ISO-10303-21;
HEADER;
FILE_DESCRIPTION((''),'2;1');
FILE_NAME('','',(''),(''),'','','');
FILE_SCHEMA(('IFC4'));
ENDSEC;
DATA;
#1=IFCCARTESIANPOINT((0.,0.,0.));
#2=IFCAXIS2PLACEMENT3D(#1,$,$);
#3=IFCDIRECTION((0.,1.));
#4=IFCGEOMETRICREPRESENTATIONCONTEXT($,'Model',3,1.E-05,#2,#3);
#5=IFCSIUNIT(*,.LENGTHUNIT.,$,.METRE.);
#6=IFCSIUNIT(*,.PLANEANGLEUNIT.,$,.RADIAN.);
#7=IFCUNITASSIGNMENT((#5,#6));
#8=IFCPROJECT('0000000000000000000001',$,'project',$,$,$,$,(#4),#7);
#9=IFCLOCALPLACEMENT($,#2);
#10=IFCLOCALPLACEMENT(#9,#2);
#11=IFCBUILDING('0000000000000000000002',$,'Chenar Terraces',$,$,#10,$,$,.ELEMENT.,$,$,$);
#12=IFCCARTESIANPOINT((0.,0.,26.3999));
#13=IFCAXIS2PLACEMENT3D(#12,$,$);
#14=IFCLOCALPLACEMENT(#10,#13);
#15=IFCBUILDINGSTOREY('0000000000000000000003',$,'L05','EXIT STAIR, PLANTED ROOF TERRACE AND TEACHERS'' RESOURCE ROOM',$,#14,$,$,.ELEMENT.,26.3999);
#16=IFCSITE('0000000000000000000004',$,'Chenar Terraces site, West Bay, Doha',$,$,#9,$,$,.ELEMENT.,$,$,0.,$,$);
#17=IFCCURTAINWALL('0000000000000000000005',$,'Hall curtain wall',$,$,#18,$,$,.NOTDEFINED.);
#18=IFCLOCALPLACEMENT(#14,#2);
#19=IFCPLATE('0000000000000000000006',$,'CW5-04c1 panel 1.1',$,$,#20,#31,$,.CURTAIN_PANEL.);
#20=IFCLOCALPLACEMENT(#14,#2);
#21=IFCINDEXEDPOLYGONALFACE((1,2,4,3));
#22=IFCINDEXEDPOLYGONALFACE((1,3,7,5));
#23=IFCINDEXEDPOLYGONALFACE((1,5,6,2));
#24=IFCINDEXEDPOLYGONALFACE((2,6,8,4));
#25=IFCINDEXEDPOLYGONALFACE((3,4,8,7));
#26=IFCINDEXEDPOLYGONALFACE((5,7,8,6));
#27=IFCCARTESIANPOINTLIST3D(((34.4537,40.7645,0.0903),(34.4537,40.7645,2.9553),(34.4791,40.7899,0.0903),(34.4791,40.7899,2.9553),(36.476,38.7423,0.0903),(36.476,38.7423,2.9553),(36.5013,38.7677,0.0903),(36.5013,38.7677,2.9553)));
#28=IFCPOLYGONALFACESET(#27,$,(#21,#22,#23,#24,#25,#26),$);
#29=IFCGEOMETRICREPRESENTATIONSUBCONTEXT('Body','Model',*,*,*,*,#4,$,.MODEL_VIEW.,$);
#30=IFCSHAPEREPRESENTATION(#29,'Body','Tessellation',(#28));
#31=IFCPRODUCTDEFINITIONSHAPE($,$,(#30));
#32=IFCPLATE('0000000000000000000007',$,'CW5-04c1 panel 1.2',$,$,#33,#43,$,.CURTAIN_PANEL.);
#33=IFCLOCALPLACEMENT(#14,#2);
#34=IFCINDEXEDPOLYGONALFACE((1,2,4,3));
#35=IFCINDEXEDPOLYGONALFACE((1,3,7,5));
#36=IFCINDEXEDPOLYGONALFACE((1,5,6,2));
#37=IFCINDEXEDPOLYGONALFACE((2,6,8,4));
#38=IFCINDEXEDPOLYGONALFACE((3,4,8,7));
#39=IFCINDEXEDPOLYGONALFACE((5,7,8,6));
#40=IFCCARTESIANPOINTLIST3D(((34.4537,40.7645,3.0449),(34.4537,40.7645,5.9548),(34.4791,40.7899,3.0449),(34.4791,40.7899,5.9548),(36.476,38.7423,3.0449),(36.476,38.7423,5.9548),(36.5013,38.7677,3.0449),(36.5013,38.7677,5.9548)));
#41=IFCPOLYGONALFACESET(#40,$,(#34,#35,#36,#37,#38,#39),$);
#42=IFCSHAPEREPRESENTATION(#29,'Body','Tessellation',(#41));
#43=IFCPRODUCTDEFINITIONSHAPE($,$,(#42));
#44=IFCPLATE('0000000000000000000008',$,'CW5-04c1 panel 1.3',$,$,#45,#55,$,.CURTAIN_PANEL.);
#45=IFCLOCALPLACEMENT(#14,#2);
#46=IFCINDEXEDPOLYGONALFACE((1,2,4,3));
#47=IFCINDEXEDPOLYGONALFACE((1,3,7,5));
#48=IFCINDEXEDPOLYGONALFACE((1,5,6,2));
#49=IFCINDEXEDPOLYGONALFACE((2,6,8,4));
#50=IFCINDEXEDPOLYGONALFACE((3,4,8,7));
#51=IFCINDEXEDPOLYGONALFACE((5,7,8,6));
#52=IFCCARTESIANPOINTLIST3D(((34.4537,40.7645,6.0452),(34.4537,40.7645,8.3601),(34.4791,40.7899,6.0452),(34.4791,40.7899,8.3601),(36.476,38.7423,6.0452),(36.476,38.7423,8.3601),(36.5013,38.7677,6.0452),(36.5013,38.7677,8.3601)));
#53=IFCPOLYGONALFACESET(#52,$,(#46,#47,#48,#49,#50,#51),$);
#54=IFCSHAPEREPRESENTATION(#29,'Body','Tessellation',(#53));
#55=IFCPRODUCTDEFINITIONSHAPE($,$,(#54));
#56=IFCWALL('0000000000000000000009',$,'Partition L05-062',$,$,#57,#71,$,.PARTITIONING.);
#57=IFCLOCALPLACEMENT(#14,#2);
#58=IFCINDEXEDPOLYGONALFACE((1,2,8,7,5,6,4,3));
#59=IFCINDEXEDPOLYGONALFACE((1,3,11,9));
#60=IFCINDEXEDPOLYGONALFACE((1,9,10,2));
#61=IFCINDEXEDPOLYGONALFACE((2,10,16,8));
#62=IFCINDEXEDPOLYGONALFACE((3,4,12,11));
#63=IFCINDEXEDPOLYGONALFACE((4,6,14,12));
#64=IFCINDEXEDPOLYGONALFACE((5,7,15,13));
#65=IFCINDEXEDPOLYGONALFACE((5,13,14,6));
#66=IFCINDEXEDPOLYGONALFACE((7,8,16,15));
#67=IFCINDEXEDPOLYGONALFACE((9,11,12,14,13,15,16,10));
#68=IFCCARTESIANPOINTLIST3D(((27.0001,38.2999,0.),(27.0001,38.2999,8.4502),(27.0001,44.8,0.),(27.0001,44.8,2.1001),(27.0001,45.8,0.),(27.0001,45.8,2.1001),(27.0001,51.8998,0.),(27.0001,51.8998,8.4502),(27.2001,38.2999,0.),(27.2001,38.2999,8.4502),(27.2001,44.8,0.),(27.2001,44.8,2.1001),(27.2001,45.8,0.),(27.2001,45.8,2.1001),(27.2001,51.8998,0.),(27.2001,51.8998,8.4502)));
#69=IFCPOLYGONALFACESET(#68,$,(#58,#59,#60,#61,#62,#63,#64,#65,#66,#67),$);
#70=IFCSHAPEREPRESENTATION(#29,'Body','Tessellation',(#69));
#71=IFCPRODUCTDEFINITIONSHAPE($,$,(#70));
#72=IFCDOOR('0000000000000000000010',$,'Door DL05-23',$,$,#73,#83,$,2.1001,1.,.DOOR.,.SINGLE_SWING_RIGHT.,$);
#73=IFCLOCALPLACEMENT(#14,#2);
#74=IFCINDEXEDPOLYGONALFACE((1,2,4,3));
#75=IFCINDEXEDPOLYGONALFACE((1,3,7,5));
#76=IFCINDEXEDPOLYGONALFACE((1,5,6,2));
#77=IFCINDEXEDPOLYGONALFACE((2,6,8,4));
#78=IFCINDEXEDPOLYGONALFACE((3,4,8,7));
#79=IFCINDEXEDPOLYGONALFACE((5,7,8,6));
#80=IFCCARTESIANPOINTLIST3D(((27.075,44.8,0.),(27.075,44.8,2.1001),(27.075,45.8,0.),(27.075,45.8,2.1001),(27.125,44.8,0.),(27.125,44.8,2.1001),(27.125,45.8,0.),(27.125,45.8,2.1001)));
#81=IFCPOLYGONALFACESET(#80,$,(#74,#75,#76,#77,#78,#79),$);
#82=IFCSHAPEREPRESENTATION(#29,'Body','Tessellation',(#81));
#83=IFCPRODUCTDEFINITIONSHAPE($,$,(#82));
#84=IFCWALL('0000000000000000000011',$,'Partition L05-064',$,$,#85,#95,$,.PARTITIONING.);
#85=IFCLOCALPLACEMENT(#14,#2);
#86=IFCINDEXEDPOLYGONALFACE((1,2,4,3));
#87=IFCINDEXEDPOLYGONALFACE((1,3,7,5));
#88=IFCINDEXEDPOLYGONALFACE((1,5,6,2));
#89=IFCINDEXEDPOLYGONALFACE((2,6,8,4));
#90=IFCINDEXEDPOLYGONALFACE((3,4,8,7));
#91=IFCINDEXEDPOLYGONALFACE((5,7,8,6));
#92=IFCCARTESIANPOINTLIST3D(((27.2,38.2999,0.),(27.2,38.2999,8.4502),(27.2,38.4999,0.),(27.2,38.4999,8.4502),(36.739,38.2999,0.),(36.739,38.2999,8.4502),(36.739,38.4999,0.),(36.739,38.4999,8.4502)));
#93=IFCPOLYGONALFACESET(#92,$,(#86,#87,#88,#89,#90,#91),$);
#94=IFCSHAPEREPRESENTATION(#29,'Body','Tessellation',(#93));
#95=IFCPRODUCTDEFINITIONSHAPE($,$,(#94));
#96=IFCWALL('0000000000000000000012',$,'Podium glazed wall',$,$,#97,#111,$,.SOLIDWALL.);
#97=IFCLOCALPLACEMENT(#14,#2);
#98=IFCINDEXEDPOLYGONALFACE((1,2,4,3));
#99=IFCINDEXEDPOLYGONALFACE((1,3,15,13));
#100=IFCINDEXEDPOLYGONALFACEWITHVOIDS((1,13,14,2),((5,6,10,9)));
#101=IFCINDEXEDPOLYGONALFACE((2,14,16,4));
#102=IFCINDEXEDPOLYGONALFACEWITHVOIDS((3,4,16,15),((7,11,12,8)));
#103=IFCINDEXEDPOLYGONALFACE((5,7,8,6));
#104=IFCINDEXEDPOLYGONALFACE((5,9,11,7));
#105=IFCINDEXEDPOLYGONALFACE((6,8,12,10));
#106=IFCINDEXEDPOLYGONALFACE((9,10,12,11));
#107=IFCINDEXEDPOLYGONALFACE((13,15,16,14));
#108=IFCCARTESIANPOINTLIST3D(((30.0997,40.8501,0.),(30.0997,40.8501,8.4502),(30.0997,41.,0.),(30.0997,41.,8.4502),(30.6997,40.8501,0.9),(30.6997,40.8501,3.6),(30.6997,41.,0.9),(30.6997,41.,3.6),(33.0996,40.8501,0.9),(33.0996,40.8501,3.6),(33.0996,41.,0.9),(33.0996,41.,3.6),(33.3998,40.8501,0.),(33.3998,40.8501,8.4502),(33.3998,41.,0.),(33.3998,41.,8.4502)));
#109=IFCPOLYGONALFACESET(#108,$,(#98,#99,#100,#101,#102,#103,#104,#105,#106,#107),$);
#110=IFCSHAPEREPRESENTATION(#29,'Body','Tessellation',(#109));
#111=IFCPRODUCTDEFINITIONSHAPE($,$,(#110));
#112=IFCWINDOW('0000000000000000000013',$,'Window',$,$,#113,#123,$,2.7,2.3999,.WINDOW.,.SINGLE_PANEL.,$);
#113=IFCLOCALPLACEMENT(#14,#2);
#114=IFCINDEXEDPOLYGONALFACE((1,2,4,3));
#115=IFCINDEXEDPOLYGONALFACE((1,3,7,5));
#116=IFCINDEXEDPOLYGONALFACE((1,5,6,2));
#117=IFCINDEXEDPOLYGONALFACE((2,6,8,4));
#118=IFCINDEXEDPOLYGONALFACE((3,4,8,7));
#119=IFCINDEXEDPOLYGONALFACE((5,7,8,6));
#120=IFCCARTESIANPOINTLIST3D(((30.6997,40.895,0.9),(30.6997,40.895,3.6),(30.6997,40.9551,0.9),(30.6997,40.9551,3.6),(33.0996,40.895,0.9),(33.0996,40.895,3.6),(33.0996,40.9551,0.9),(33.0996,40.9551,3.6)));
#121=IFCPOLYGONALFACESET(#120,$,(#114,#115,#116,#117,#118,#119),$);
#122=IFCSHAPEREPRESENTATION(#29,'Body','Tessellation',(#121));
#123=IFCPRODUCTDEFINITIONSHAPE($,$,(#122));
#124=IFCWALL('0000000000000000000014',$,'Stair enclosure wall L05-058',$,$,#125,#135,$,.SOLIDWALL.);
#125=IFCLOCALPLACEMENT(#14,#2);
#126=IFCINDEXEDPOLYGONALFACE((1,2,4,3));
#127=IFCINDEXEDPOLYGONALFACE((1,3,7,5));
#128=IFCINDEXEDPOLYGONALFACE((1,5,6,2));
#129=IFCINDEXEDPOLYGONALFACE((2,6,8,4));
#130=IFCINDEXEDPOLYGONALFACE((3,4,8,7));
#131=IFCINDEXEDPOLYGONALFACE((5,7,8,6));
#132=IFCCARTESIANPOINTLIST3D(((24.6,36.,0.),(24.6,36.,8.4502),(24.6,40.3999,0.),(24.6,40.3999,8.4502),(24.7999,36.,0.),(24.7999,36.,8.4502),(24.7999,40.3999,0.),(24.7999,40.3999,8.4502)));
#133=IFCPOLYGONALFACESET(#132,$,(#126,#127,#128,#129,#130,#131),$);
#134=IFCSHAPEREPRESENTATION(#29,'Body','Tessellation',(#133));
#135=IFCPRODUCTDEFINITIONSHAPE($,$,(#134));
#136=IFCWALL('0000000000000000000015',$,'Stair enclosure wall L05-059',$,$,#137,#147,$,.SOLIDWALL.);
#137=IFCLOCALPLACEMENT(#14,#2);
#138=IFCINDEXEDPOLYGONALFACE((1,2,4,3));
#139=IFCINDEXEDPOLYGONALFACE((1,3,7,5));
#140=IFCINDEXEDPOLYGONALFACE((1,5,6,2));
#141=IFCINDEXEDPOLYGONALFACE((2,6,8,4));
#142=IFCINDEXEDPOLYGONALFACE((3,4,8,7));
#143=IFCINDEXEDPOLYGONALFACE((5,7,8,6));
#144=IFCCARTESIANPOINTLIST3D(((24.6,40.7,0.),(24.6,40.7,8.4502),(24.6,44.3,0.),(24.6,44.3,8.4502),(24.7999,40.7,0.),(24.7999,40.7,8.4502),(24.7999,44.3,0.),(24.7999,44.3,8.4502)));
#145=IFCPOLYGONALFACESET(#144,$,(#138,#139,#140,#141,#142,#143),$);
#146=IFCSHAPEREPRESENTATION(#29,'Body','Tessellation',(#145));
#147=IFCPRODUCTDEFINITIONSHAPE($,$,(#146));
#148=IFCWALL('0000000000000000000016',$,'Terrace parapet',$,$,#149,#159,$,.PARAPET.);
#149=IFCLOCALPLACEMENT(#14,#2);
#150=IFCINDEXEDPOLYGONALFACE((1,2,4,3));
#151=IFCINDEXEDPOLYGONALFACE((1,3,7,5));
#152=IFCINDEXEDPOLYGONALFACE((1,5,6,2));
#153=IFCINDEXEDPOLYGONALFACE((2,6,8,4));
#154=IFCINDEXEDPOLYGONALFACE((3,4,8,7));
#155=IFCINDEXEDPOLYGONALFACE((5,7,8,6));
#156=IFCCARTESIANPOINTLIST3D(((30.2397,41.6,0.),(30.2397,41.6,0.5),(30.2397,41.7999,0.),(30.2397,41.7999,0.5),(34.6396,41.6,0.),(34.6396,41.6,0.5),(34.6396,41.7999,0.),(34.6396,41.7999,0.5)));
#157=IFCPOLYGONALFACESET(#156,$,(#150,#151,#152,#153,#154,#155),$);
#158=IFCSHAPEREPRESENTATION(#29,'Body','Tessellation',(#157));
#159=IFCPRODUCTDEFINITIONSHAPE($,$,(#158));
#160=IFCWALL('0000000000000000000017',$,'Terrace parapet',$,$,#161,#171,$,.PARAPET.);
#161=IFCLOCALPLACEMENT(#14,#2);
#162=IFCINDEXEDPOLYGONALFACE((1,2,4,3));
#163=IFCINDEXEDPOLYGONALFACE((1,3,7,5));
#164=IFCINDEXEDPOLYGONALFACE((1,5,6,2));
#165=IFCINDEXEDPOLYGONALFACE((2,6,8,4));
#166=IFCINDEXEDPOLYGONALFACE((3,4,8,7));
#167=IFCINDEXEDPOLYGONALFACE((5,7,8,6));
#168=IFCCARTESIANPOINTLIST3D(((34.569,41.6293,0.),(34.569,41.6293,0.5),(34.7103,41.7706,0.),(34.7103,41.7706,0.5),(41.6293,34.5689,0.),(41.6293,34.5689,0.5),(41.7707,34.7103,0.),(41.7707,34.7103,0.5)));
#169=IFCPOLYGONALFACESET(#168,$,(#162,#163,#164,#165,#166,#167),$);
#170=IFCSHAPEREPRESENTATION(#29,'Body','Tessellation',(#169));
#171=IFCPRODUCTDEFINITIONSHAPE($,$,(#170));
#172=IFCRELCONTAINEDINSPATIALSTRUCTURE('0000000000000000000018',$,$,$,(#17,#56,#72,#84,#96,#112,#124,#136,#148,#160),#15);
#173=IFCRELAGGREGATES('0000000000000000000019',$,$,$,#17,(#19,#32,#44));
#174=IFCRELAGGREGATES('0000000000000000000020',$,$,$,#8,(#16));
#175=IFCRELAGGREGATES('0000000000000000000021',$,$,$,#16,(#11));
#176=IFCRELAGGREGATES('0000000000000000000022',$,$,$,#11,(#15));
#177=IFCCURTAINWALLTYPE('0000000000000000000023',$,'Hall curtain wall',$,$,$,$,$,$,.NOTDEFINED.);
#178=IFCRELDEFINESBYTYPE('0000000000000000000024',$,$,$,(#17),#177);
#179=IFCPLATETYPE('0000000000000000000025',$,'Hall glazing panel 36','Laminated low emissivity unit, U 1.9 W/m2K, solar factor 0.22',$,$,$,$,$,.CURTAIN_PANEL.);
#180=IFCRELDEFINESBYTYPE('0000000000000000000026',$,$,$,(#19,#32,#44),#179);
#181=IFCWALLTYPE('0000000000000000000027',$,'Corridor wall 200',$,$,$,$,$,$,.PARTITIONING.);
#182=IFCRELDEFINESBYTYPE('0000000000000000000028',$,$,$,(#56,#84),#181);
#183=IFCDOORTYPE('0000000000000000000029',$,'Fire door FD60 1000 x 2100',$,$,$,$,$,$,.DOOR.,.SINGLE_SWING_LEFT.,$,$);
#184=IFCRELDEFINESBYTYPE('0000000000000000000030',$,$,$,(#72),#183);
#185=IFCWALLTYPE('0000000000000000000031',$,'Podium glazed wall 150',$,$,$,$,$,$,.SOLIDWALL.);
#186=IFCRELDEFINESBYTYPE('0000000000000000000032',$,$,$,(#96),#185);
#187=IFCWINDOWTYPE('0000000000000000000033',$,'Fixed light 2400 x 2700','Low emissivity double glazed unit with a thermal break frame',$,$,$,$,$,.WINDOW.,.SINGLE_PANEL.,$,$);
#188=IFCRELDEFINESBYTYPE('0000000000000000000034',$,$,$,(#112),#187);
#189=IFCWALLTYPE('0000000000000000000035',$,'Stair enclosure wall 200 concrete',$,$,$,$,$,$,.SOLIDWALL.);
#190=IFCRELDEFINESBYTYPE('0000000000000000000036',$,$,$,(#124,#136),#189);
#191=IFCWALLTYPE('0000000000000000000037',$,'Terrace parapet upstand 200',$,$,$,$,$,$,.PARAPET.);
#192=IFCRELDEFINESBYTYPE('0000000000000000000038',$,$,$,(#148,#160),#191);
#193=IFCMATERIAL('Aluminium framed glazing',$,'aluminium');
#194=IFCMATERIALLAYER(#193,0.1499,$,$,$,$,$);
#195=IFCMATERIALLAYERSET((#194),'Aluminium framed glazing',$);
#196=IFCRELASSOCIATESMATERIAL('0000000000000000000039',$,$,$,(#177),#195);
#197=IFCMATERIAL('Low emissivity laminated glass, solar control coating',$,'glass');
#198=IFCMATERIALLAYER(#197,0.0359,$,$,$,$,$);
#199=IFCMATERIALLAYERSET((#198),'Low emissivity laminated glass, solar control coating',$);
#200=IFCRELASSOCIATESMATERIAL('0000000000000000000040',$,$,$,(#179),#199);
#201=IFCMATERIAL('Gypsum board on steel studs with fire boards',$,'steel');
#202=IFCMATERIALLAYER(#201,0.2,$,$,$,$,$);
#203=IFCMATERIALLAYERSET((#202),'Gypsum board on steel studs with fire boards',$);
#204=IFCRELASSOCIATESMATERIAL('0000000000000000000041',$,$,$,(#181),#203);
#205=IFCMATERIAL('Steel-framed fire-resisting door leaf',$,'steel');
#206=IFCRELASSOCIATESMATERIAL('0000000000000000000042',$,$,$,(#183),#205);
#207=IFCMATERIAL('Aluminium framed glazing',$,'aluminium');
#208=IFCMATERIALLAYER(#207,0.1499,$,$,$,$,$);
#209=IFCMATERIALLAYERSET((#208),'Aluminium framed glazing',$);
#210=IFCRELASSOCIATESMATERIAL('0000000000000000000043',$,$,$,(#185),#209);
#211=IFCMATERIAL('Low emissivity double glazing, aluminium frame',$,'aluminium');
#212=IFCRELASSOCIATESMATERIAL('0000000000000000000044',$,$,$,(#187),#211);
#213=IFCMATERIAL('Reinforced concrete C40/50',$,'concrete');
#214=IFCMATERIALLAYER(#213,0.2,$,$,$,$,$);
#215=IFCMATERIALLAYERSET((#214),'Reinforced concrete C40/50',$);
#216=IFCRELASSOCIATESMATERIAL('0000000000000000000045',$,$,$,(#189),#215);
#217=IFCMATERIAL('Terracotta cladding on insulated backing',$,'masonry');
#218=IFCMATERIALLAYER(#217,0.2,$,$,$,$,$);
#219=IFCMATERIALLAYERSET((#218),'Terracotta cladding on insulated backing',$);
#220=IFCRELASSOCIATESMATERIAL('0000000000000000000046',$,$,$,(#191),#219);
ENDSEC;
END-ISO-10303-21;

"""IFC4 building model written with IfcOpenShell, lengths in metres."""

from ifc_helpers import new_model, si_unit, direction, frame, frame_2d, origin, origin_2d, place, context, subcontext, project, spatial, rectangle, extrude, material, layer, layer_set, type_object, element, fill, aggregate, save


model = new_model("IFC4")

# Units and contexts
model_context = context("Model", 3, precision=1e-05, world=origin(), true_north=direction((0.0, 1.0)))
body_context = subcontext(model_context, "Body", "Model", "MODEL_VIEW")
ifc_project = project(units=[si_unit("LENGTHUNIT", "METRE"), si_unit("PLANEANGLEUNIT", "RADIAN")], contexts=[model_context])

# Site, building, storey
site_placement = place(None, origin())
site = spatial("IfcSite", under=ifc_project, at=site_placement, Name="Chenar Terraces site, West Bay, Doha", CompositionType="ELEMENT", RefElevation=0.0)
building_placement = place(site_placement, origin())
building = spatial("IfcBuilding", under=site, at=building_placement, Name="Chenar Terraces", CompositionType="ELEMENT")
storey_placement = place(building_placement, frame((0.0, 0.0, 26.3999)))
storey = spatial("IfcBuildingStorey", under=building, at=storey_placement, Name="L05", Description="EXIT STAIR, PLANTED ROOF TERRACE AND TEACHERS' RESOURCE ROOM", CompositionType="ELEMENT", Elevation=26.3999)

# Shared definitions
ifc_material_1 = material(Name="Aluminium framed glazing", Category="aluminium")
ifc_layer_1 = layer(ifc_material_1, 0.1499)
ifc_layer_set_1 = layer_set([ifc_layer_1], Name="Aluminium framed glazing")
curtain_wall_type = type_object("IfcCurtainWallType", Name="Hall curtain wall", PredefinedType="NOTDEFINED", material=ifc_layer_set_1)
placement = place(storey_placement, origin())

# Curtain wall
curtain_wall_1 = element("IfcCurtainWall", 1, at=placement, inside=storey, type_object=curtain_wall_type, Name="Hall curtain wall", PredefinedType="NOTDEFINED")

# Plates
ifc_material_2 = material(Name="Low emissivity laminated glass, solar control coating", Category="glass")
ifc_layer_2 = layer(ifc_material_2, 0.0359)
ifc_layer_set_2 = layer_set([ifc_layer_2], Name="Low emissivity laminated glass, solar control coating")
plate_type = type_object("IfcPlateType", Name="Hall glazing panel 36", Description="Laminated low emissivity unit, U 1.9 W/m2K, solar factor 0.22", PredefinedType="CURTAIN_PANEL", material=ifc_layer_set_2)
plate_1_placement = place(storey_placement, frame((35.4775, 39.7661, 0.0903), z_axis=(0.0, 0.0, 1.0), x_axis=(-0.707107, 0.707107, 0.0)))
plate_1 = element("IfcPlate", 2, at=plate_1_placement, type_object=plate_type, Name="CW5-04c1 panel 1.1", PredefinedType="CURTAIN_PANEL", context=body_context, shape_type="SweptSolid", body=[
    extrude(rectangle(XDim=2.8599, YDim=0.0359, at=origin_2d()), origin(), (0.0, 0.0, 1.0), 2.865),
])
plate_2_placement = place(storey_placement, frame((35.4775, 39.7661, 3.0449), z_axis=(0.0, 0.0, 1.0), x_axis=(-0.707107, 0.707107, 0.0)))
plate_2 = element("IfcPlate", 3, at=plate_2_placement, type_object=plate_type, Name="CW5-04c1 panel 1.2", PredefinedType="CURTAIN_PANEL", context=body_context, shape_type="SweptSolid", body=[
    extrude(rectangle(XDim=2.8599, YDim=0.0359, at=origin_2d()), origin(), (0.0, 0.0, 1.0), 2.9099),
])
plate_3_placement = place(storey_placement, frame((35.4775, 39.7661, 6.0452), z_axis=(0.0, 0.0, 1.0), x_axis=(-0.707107, 0.707107, 0.0)))
plate_3 = element("IfcPlate", 4, at=plate_3_placement, type_object=plate_type, Name="CW5-04c1 panel 1.3", PredefinedType="CURTAIN_PANEL", context=body_context, shape_type="SweptSolid", body=[
    extrude(rectangle(XDim=2.8599, YDim=0.0359, at=origin_2d()), origin(), (0.0, 0.0, 1.0), 2.3149),
])
aggregate(curtain_wall_1, [plate_1, plate_2, plate_3])

# Wall, opening, door
ifc_material_3 = material(Name="Gypsum board on steel studs with fire boards", Category="steel")
ifc_layer_3 = layer(ifc_material_3, 0.2)
ifc_layer_set_3 = layer_set([ifc_layer_3], Name="Gypsum board on steel studs with fire boards")
wall_type_1 = type_object("IfcWallType", Name="Corridor wall 200", PredefinedType="PARTITIONING", material=ifc_layer_set_3)
wall_1_placement = place(storey_placement, frame((27.1001, 38.3, 0.0), z_axis=(0.0, 0.0, 1.0), x_axis=(0.0, 1.0, 0.0)))
wall_1 = element("IfcWall", 5, at=wall_1_placement, inside=storey, type_object=wall_type_1, Name="Partition L05-062", PredefinedType="PARTITIONING", context=body_context, shape_type="SweptSolid", body=[
    extrude(rectangle(XDim=13.5999, YDim=0.2, at=frame_2d((6.7998, 0.0))), origin(), (0.0, 0.0, 1.0), 8.4502),
])
opening_1_placement = place(wall_1_placement, frame((6.5, 0.0, 0.0)))
opening_1 = element("IfcOpeningElement", 6, at=opening_1_placement, cuts=wall_1, PredefinedType="OPENING", context=body_context, shape_type="SweptSolid", body=[
    extrude(rectangle(XDim=1.0, YDim=2.1001, at=frame_2d((0.5, 1.05))), frame((0.0, 0.1099, 0.0), z_axis=(0.0, -1.0, 0.0), x_axis=(1.0, 0.0, 0.0)), (0.0, 0.0, 1.0), 0.22),
])
ifc_material_4 = material(Name="Steel-framed fire-resisting door leaf", Category="steel")
door_type_1 = type_object("IfcDoorType", Name="Fire door FD60 1000 x 2100", OperationType="SINGLE_SWING_LEFT", PredefinedType="DOOR", material=ifc_material_4)
door_1_placement = place(opening_1_placement, frame((1.0, 0.0, 0.0), z_axis=(0.0, 0.0, 1.0), x_axis=(-1.0, 0.0, 0.0)))
door_1 = element("IfcDoor", 7, at=door_1_placement, inside=storey, type_object=door_type_1, Name="Door DL05-23", OperationType="SINGLE_SWING_RIGHT", OverallHeight=2.1001, OverallWidth=1.0, PredefinedType="DOOR", context=body_context, shape_type="SweptSolid", body=[
    extrude(rectangle(XDim=1.0, YDim=2.1001, at=frame_2d((0.5, 1.05))), frame((0.0, 0.0249, 0.0), z_axis=(0.0, -1.0, 0.0), x_axis=(1.0, 0.0, 0.0)), (0.0, 0.0, 1.0), 0.05),
])
fill(opening_1, door_1)

# Wall
wall_2_placement = place(storey_placement, frame((27.2, 38.3999, 0.0), z_axis=(0.0, 0.0, 1.0), x_axis=(1.0, 0.0, 0.0)))
element("IfcWall", 8, at=wall_2_placement, inside=storey, type_object=wall_type_1, Name="Partition L05-064", PredefinedType="PARTITIONING", context=body_context, shape_type="SweptSolid", body=[
    extrude(rectangle(XDim=9.5391, YDim=0.2, at=frame_2d((4.7695, 0.0))), origin(), (0.0, 0.0, 1.0), 8.4502),
])

# Shared definitions
ifc_material_5 = material(Name="Aluminium framed glazing", Category="aluminium")
ifc_layer_4 = layer(ifc_material_5, 0.1499)
ifc_layer_set_4 = layer_set([ifc_layer_4], Name="Aluminium framed glazing")
wall_type_2 = type_object("IfcWallType", Name="Podium glazed wall 150", PredefinedType="SOLIDWALL", material=ifc_layer_set_4)

# Wall, opening, window
wall_3_placement = place(storey_placement, frame((33.3997, 40.925, 0.0), z_axis=(0.0, 0.0, 1.0), x_axis=(-1.0, 0.0, 0.0)))
wall_3 = element("IfcWall", 9, at=wall_3_placement, inside=storey, type_object=wall_type_2, Name="Podium glazed wall", PredefinedType="SOLIDWALL", context=body_context, shape_type="SweptSolid", body=[
    extrude(rectangle(XDim=3.3, YDim=0.1499, at=frame_2d((1.6499, 0.0))), origin(), (0.0, 0.0, 1.0), 8.4502),
])
opening_2_placement = place(wall_3_placement, frame((0.3, 0.0, 0.8999)))
opening_2 = element("IfcOpeningElement", 10, at=opening_2_placement, cuts=wall_3, PredefinedType="OPENING", context=body_context, shape_type="SweptSolid", body=[
    extrude(rectangle(XDim=2.3999, YDim=2.7, at=frame_2d((1.2, 1.3501))), frame((0.0, 0.085, 0.0), z_axis=(0.0, -1.0, 0.0), x_axis=(1.0, 0.0, 0.0)), (0.0, 0.0, 1.0), 0.1699),
])
ifc_material_6 = material(Name="Low emissivity double glazing, aluminium frame", Category="aluminium")
window_type = type_object("IfcWindowType", Name="Fixed light 2400 x 2700", Description="Low emissivity double glazed unit with a thermal break frame", PartitioningType="SINGLE_PANEL", PredefinedType="WINDOW", material=ifc_material_6)
window_placement = place(opening_2_placement, origin())
window = element("IfcWindow", 11, at=window_placement, inside=storey, type_object=window_type, Name="Window", OverallHeight=2.7, OverallWidth=2.3999, PartitioningType="SINGLE_PANEL", PredefinedType="WINDOW", context=body_context, shape_type="SweptSolid", body=[
    extrude(rectangle(XDim=2.3999, YDim=2.7, at=frame_2d((1.2, 1.3501))), frame((0.0, 0.03, 0.0), z_axis=(0.0, -1.0, 0.0), x_axis=(1.0, 0.0, 0.0)), (0.0, 0.0, 1.0), 0.0601),
])
fill(opening_2, window)

# Walls
ifc_material_7 = material(Name="Reinforced concrete C40/50", Category="concrete")
ifc_layer_5 = layer(ifc_material_7, 0.2)
ifc_layer_set_5 = layer_set([ifc_layer_5], Name="Reinforced concrete C40/50")
wall_type_3 = type_object("IfcWallType", Name="Stair enclosure wall 200 concrete", PredefinedType="SOLIDWALL", material=ifc_layer_set_5)
wall_4_placement = place(storey_placement, frame((24.7, 36.0, 0.0), z_axis=(0.0, 0.0, 1.0), x_axis=(0.0, 1.0, 0.0)))
element("IfcWall", 12, at=wall_4_placement, inside=storey, type_object=wall_type_3, Name="Stair enclosure wall L05-058", PredefinedType="SOLIDWALL", context=body_context, shape_type="SweptSolid", body=[
    extrude(rectangle(XDim=4.3999, YDim=0.2, at=frame_2d((2.2, 0.0))), origin(), (0.0, 0.0, 1.0), 8.4502),
])
wall_5_placement = place(storey_placement, frame((24.7, 40.7, 0.0), z_axis=(0.0, 0.0, 1.0), x_axis=(0.0, 1.0, 0.0)))
element("IfcWall", 13, at=wall_5_placement, inside=storey, type_object=wall_type_3, Name="Stair enclosure wall L05-059", PredefinedType="SOLIDWALL", context=body_context, shape_type="SweptSolid", body=[
    extrude(rectangle(XDim=3.6001, YDim=0.2, at=frame_2d((1.8, 0.0))), origin(), (0.0, 0.0, 1.0), 8.4502),
])
ifc_material_8 = material(Name="Terracotta cladding on insulated backing", Category="masonry")
ifc_layer_6 = layer(ifc_material_8, 0.2)
ifc_layer_set_6 = layer_set([ifc_layer_6], Name="Terracotta cladding on insulated backing")
wall_type_4 = type_object("IfcWallType", Name="Terrace parapet upstand 200", PredefinedType="PARAPET", material=ifc_layer_set_6)
wall_6_placement = place(storey_placement, frame((30.2397, 41.7, 0.0), z_axis=(0.0, 0.0, 1.0), x_axis=(1.0, 0.0, 0.0)))
element("IfcWall", 14, at=wall_6_placement, inside=storey, type_object=wall_type_4, Name="Terrace parapet", PredefinedType="PARAPET", context=body_context, shape_type="SweptSolid", body=[
    extrude(rectangle(XDim=4.3999, YDim=0.2, at=frame_2d((2.2, 0.0))), origin(), (0.0, 0.0, 1.0), 0.5),
])
wall_7_placement = place(storey_placement, frame((34.6396, 41.7, 0.0), z_axis=(0.0, 0.0, 1.0), x_axis=(0.707107, -0.707107, 0.0)))
element("IfcWall", 15, at=wall_7_placement, inside=storey, type_object=wall_type_4, Name="Terrace parapet", PredefinedType="PARAPET", context=body_context, shape_type="SweptSolid", body=[
    extrude(rectangle(XDim=9.9849, YDim=0.2, at=frame_2d((4.9924, 0.0))), origin(), (0.0, 0.0, 1.0), 0.5),
])

save(model, "model.ifc")
